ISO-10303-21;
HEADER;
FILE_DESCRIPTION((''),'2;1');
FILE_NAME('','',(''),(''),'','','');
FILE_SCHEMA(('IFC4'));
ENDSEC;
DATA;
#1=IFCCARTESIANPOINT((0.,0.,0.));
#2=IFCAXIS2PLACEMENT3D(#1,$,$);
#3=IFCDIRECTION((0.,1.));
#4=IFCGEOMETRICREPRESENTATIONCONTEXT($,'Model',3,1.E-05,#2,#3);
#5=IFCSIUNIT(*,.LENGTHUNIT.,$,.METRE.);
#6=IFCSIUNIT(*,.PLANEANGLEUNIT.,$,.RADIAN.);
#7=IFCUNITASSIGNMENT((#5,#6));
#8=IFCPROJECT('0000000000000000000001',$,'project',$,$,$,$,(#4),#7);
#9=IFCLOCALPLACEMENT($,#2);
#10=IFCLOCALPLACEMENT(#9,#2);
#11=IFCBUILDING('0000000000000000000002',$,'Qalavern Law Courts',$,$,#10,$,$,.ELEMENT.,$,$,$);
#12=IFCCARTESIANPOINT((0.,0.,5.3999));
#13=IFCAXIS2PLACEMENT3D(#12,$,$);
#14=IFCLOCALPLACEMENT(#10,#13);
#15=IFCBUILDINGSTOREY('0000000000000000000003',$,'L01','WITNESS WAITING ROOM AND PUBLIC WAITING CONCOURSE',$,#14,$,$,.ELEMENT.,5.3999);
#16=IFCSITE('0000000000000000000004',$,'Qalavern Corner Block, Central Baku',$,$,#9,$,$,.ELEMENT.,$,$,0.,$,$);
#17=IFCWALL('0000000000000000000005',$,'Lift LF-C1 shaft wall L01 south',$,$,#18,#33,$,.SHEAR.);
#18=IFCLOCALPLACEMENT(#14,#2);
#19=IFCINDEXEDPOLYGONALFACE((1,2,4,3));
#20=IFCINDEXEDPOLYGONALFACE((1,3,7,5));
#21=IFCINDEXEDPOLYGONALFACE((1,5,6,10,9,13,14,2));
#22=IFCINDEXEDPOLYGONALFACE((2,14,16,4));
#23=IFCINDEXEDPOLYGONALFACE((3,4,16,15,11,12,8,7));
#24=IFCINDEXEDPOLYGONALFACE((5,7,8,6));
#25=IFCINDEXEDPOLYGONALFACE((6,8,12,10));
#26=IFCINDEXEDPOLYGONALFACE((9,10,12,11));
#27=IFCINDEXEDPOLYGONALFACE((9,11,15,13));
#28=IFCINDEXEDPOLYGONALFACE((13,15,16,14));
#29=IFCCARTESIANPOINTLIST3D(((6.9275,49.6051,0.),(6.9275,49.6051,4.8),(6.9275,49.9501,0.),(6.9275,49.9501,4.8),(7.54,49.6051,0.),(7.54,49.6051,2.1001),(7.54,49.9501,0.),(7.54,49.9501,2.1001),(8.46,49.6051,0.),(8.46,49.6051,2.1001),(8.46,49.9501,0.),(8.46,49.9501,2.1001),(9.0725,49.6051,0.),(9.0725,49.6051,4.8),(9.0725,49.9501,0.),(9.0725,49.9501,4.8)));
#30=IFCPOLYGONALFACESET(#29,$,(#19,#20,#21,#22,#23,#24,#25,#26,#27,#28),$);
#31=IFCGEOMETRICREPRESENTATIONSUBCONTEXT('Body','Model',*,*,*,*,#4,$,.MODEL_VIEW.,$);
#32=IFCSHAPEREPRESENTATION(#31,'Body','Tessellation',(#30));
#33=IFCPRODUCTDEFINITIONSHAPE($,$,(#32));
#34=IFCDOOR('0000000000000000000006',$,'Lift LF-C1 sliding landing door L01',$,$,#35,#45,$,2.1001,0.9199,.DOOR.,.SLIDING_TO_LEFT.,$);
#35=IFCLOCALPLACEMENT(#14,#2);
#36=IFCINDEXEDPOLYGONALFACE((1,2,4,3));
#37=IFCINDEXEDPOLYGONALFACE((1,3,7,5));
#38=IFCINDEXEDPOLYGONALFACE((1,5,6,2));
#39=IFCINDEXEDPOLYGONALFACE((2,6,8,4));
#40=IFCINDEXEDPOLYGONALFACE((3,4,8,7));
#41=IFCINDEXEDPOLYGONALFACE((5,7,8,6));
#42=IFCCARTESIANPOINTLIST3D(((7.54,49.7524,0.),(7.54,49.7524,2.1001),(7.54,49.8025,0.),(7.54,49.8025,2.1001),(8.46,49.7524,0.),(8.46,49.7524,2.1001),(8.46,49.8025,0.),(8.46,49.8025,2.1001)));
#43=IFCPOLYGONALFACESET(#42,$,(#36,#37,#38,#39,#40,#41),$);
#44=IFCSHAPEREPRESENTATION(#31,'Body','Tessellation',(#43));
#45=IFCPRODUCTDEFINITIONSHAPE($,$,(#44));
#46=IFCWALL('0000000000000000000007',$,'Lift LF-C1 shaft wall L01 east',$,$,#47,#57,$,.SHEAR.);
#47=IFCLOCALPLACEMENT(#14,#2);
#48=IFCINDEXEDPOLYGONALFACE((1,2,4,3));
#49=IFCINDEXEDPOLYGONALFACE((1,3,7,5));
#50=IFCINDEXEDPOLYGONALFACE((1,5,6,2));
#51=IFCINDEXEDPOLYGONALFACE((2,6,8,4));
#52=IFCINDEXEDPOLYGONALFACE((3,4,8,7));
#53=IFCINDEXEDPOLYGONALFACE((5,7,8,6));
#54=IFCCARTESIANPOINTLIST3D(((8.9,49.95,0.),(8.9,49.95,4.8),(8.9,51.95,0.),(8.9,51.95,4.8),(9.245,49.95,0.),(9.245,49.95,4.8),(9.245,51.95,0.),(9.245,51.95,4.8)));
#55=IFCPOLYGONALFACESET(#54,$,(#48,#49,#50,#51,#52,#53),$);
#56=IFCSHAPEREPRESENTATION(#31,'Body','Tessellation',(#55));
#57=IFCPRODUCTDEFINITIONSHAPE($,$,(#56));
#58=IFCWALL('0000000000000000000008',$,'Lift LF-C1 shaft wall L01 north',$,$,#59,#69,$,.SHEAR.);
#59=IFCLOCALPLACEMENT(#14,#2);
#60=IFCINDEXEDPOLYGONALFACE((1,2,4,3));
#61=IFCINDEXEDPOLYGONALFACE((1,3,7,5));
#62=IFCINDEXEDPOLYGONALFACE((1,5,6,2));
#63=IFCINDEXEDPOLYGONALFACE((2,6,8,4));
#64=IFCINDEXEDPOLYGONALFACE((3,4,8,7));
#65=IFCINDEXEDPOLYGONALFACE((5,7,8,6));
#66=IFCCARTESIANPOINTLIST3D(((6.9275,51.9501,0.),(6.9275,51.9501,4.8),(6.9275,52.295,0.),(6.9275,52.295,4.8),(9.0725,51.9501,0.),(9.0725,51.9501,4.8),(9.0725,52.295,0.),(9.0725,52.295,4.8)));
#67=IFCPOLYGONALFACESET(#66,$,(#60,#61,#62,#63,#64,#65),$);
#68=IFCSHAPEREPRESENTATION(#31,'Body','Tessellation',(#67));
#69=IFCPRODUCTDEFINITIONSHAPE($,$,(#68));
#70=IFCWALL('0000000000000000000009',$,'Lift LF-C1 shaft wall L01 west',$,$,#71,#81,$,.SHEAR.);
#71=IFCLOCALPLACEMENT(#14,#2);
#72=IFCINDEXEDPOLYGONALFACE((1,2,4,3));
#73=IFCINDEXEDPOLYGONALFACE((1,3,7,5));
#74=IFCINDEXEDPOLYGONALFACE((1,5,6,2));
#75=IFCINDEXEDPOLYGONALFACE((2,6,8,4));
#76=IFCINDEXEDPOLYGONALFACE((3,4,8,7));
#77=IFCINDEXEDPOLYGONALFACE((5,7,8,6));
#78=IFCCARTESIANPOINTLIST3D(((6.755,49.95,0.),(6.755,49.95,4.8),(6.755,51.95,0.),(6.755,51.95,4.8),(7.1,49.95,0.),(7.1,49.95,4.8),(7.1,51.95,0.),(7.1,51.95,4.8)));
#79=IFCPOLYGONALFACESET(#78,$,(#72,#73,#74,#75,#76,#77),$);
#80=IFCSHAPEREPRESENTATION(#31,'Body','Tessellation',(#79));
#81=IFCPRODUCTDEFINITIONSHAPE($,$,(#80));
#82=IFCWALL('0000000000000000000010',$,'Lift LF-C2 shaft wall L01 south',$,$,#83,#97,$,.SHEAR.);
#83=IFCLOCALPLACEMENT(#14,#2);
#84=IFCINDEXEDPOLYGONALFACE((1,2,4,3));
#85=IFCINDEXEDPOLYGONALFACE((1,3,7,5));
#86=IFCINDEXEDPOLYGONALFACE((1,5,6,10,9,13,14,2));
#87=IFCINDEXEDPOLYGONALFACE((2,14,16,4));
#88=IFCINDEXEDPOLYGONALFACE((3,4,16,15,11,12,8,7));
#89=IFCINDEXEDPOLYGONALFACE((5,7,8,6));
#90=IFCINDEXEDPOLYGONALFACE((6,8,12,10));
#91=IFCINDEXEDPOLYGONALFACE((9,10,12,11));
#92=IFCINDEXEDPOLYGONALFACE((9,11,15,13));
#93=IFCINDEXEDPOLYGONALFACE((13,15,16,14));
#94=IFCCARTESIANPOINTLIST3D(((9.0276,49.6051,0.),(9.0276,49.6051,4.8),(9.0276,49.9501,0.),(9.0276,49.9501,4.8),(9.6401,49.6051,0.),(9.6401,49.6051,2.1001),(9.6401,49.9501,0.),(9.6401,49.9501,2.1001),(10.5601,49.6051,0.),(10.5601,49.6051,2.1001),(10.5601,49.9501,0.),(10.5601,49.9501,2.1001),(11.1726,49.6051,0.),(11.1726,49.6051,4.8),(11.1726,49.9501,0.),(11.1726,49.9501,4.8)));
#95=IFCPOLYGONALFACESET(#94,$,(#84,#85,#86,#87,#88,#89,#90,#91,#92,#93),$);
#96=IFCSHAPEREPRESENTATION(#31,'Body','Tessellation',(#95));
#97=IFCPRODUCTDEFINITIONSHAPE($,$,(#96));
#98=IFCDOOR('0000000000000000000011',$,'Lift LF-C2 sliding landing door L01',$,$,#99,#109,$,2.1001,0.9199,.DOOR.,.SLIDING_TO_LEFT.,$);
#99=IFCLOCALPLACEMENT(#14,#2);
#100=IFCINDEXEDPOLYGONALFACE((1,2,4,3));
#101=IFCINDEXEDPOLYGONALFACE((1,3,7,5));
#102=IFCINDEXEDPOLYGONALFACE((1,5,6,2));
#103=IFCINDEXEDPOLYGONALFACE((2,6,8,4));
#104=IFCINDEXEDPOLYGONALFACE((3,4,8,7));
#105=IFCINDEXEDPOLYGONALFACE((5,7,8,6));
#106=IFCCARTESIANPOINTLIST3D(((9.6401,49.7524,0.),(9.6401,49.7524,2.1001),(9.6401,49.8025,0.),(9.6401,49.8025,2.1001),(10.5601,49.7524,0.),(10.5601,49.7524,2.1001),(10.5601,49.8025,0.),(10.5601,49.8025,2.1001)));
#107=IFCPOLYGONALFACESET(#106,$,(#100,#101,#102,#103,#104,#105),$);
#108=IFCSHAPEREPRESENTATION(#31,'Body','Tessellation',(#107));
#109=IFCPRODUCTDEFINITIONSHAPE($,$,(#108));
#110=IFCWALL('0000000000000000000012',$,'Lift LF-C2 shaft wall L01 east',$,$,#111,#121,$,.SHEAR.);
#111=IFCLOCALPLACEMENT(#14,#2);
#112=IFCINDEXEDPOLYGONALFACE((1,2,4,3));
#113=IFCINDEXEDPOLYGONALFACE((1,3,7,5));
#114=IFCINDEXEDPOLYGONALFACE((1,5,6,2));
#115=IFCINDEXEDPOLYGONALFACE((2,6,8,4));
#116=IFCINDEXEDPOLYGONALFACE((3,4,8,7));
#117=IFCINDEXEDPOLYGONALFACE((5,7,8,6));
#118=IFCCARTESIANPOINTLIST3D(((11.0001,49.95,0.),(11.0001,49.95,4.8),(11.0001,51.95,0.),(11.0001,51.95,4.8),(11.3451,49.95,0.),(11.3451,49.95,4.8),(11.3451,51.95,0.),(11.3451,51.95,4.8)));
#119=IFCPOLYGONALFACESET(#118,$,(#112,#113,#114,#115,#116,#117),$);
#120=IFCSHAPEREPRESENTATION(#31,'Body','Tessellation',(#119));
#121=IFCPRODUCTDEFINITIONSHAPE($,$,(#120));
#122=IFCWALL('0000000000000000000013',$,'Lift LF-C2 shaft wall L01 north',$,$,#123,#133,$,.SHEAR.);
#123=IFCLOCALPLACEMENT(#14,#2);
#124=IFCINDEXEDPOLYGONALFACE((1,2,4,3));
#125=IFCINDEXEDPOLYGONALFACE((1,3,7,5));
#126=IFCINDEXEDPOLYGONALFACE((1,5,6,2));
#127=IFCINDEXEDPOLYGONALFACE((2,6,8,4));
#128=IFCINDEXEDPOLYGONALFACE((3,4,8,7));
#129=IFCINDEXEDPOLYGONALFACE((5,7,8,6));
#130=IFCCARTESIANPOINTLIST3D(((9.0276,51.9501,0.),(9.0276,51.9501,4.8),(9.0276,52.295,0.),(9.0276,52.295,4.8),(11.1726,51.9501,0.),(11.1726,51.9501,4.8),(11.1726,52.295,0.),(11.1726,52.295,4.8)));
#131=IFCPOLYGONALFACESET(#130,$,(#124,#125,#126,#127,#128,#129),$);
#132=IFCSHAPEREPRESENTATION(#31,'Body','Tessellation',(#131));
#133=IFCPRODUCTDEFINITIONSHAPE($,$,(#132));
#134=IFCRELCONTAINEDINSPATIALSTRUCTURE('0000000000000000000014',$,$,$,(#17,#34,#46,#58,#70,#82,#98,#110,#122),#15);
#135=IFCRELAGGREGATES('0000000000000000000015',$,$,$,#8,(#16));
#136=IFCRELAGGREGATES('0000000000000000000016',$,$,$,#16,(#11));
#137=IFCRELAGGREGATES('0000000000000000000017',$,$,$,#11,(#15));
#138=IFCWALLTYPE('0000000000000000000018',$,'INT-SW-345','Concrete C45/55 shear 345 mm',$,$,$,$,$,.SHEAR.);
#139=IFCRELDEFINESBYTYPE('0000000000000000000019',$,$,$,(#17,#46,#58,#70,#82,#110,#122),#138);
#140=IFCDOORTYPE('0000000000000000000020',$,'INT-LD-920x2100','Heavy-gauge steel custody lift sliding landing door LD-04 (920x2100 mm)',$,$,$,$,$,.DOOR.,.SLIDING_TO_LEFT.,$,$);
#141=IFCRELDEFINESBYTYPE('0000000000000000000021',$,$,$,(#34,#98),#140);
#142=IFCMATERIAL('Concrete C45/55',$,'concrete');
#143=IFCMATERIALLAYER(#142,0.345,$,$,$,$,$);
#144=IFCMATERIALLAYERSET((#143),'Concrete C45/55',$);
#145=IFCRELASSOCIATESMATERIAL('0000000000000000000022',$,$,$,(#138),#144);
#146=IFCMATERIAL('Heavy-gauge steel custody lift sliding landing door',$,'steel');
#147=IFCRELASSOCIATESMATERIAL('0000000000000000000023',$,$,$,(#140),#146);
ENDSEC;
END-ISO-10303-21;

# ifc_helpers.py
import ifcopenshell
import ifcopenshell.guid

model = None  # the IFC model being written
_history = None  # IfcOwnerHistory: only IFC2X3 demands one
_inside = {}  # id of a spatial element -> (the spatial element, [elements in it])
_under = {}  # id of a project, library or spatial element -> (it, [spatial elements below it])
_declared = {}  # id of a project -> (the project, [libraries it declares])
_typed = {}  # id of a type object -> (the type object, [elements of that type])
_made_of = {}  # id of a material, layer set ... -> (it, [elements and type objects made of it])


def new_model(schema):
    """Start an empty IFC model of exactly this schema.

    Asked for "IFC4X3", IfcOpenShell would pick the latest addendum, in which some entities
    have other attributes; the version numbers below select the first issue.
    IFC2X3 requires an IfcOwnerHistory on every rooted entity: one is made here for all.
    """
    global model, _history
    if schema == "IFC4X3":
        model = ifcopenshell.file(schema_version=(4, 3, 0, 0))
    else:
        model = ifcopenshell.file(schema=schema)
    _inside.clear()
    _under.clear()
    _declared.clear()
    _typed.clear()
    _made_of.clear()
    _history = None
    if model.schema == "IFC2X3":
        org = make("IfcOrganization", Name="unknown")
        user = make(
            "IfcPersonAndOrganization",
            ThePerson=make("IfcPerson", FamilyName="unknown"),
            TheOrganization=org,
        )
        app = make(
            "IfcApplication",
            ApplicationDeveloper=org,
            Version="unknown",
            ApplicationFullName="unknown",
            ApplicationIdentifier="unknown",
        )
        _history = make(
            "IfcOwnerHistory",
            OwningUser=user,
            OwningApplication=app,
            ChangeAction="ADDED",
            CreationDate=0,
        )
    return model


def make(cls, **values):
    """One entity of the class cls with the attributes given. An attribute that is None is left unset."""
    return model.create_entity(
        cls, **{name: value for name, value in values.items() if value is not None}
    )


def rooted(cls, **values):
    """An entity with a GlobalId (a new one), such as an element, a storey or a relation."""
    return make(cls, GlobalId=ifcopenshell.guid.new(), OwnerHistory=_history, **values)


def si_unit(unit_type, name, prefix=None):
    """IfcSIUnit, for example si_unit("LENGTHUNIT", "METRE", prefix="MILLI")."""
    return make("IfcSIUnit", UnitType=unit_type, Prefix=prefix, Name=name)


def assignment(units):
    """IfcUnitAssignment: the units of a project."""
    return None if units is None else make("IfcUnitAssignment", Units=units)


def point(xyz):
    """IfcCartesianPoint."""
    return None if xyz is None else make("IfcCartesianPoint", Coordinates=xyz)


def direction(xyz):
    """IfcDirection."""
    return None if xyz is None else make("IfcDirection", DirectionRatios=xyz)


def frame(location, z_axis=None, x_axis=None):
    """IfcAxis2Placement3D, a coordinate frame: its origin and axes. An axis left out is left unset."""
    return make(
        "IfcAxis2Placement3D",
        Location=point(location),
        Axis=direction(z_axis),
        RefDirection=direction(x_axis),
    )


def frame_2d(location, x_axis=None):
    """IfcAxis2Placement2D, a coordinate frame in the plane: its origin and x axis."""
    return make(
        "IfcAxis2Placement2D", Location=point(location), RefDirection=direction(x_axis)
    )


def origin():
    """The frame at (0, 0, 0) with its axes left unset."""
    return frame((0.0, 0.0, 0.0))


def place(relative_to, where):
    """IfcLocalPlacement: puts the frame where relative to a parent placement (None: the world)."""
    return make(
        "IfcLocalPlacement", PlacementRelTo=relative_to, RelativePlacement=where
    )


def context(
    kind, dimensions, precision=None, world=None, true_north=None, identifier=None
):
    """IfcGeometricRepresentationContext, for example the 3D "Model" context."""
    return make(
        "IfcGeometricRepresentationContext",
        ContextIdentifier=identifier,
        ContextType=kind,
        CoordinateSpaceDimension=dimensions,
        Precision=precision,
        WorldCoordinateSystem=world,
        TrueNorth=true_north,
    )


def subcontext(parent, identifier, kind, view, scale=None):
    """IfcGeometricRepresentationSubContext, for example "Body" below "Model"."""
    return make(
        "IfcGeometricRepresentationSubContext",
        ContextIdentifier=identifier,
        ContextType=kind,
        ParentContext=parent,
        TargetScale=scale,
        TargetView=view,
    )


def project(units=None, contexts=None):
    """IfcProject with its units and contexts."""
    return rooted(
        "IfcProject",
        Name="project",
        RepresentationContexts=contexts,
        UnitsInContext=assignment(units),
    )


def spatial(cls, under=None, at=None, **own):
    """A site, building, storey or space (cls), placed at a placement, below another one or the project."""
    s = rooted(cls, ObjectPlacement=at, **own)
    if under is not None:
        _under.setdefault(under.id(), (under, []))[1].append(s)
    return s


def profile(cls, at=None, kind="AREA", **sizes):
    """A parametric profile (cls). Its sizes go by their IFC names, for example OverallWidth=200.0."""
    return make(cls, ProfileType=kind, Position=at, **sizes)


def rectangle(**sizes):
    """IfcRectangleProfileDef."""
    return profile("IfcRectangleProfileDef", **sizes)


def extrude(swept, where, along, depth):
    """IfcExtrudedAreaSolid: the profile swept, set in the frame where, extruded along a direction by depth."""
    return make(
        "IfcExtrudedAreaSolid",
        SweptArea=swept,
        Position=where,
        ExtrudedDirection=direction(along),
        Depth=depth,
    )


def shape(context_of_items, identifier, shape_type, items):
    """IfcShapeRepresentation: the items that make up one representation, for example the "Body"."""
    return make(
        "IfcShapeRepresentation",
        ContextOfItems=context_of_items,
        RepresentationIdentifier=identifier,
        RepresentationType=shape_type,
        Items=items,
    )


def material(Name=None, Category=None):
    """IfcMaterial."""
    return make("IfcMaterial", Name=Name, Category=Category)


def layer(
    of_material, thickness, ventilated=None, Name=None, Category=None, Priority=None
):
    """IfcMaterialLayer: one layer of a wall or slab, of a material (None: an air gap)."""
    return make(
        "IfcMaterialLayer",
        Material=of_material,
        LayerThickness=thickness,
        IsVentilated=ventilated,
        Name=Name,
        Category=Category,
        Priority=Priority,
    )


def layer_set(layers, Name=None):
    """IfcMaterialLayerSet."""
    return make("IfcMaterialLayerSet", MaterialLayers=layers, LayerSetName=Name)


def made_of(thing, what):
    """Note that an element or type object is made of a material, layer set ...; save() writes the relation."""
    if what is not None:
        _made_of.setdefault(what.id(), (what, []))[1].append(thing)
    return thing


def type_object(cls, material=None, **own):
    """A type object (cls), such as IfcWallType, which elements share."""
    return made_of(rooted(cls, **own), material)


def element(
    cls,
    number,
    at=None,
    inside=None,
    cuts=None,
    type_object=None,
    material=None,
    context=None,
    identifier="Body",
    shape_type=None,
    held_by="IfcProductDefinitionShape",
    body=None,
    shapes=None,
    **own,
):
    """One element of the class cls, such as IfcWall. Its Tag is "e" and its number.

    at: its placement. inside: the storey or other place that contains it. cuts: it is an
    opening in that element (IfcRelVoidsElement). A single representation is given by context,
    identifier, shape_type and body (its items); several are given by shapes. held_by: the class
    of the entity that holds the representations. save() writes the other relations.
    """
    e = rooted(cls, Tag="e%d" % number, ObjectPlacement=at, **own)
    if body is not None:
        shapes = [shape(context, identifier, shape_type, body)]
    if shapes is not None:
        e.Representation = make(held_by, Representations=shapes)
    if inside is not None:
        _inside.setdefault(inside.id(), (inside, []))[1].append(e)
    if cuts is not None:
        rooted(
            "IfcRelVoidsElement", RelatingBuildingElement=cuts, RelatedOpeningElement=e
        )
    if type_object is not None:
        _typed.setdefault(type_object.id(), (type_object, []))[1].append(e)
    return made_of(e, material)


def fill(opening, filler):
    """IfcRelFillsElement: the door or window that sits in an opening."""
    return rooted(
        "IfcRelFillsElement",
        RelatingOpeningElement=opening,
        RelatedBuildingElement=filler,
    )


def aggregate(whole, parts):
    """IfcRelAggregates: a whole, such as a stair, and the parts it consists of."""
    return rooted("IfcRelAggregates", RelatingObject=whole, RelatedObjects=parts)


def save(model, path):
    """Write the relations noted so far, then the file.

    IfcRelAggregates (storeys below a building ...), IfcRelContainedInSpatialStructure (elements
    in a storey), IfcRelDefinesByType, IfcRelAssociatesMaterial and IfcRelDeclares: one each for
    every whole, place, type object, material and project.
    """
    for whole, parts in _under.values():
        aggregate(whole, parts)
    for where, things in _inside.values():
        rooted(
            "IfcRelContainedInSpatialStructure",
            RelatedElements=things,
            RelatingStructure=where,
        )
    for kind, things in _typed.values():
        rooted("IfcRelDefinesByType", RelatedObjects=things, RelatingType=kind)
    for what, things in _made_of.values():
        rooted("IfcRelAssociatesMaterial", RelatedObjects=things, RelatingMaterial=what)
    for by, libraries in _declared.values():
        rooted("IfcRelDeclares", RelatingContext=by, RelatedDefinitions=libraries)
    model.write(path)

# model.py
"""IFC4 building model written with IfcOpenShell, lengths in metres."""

from ifc_helpers import new_model, si_unit, direction, frame, frame_2d, origin, place, context, subcontext, project, spatial, rectangle, extrude, material, layer, layer_set, type_object, element, fill, save


model = new_model("IFC4")

# Units and contexts
model_context = context("Model", 3, precision=1e-05, world=origin(), true_north=direction((0.0, 1.0)))
body_context = subcontext(model_context, "Body", "Model", "MODEL_VIEW")
ifc_project = project(units=[si_unit("LENGTHUNIT", "METRE"), si_unit("PLANEANGLEUNIT", "RADIAN")], contexts=[model_context])

# Site, building, storey
site_placement = place(None, origin())
site = spatial("IfcSite", under=ifc_project, at=site_placement, Name="Qalavern Corner Block, Central Baku", CompositionType="ELEMENT", RefElevation=0.0)
building_placement = place(site_placement, origin())
building = spatial("IfcBuilding", under=site, at=building_placement, Name="Qalavern Law Courts", CompositionType="ELEMENT")
storey_placement = place(building_placement, frame((0.0, 0.0, 5.3999)))
storey = spatial("IfcBuildingStorey", under=building, at=storey_placement, Name="L01", Description="WITNESS WAITING ROOM AND PUBLIC WAITING CONCOURSE", CompositionType="ELEMENT", Elevation=5.3999)

# Shared definitions
ifc_material_1 = material(Name="Concrete C45/55", Category="concrete")

# Wall, opening, door
ifc_layer_1 = layer(ifc_material_1, 0.345)
ifc_layer_set_1 = layer_set([ifc_layer_1], Name="Concrete C45/55")
wall_type_1 = type_object("IfcWallType", Name="INT-SW-345", Description="Concrete C45/55 shear 345 mm", PredefinedType="SHEAR", material=ifc_layer_set_1)
wall_1_placement = place(storey_placement, frame((6.9275, 49.7776, 0.0), z_axis=(0.0, 0.0, 1.0), x_axis=(1.0, 0.0, 0.0)))
wall_1 = element("IfcWall", 1, at=wall_1_placement, inside=storey, type_object=wall_type_1, Name="Lift LF-C1 shaft wall L01 south", PredefinedType="SHEAR", context=body_context, shape_type="SweptSolid", body=[
    extrude(rectangle(XDim=2.145, YDim=0.345, at=frame_2d((1.0725, 0.0))), origin(), (0.0, 0.0, 1.0), 4.8),
])
opening_1_placement = place(wall_1_placement, frame((0.6125, 0.0, 0.0)))
opening_1 = element("IfcOpeningElement", 2, at=opening_1_placement, cuts=wall_1, PredefinedType="OPENING", context=body_context, shape_type="SweptSolid", body=[
    extrude(rectangle(XDim=0.9199, YDim=2.1001, at=frame_2d((0.46, 1.05))), frame((0.0, 0.1875, 0.0), z_axis=(0.0, -1.0, 0.0), x_axis=(1.0, 0.0, 0.0)), (0.0, 0.0, 1.0), 0.3748),
])
ifc_material_2 = material(Name="Heavy-gauge steel custody lift sliding landing door", Category="steel")
door_type_1 = type_object("IfcDoorType", Name="INT-LD-920x2100", Description="Heavy-gauge steel custody lift sliding landing door LD-04 (920x2100 mm)", OperationType="SLIDING_TO_LEFT", PredefinedType="DOOR", material=ifc_material_2)
door_1_placement = place(opening_1_placement, origin())
door_1 = element("IfcDoor", 3, at=door_1_placement, inside=storey, type_object=door_type_1, Name="Lift LF-C1 sliding landing door L01", OperationType="SLIDING_TO_LEFT", OverallHeight=2.1001, OverallWidth=0.9199, PredefinedType="DOOR", context=body_context, shape_type="SweptSolid", body=[
    extrude(rectangle(XDim=0.9199, YDim=2.1001, at=frame_2d((0.46, 1.05))), frame((0.0, 0.0249, 0.0), z_axis=(0.0, -1.0, 0.0), x_axis=(1.0, 0.0, 0.0)), (0.0, 0.0, 1.0), 0.05),
])
fill(opening_1, door_1)

# Walls
wall_2_placement = place(storey_placement, frame((9.0725, 49.95, 0.0), z_axis=(0.0, 0.0, 1.0), x_axis=(0.0, 1.0, 0.0)))
element("IfcWall", 4, at=wall_2_placement, inside=storey, type_object=wall_type_1, Name="Lift LF-C1 shaft wall L01 east", PredefinedType="SHEAR", context=body_context, shape_type="SweptSolid", body=[
    extrude(rectangle(XDim=2.0, YDim=0.345, at=frame_2d((1.0, 0.0))), origin(), (0.0, 0.0, 1.0), 4.8),
])
wall_3_placement = place(storey_placement, frame((9.0725, 52.1226, 0.0), z_axis=(0.0, 0.0, 1.0), x_axis=(-1.0, 0.0, 0.0)))
element("IfcWall", 5, at=wall_3_placement, inside=storey, type_object=wall_type_1, Name="Lift LF-C1 shaft wall L01 north", PredefinedType="SHEAR", context=body_context, shape_type="SweptSolid", body=[
    extrude(rectangle(XDim=2.145, YDim=0.345, at=frame_2d((1.0725, 0.0))), origin(), (0.0, 0.0, 1.0), 4.8),
])
wall_4_placement = place(storey_placement, frame((6.9275, 51.95, 0.0), z_axis=(0.0, 0.0, 1.0), x_axis=(0.0, -1.0, 0.0)))
element("IfcWall", 6, at=wall_4_placement, inside=storey, type_object=wall_type_1, Name="Lift LF-C1 shaft wall L01 west", PredefinedType="SHEAR", context=body_context, shape_type="SweptSolid", body=[
    extrude(rectangle(XDim=2.0, YDim=0.345, at=frame_2d((1.0, 0.0))), origin(), (0.0, 0.0, 1.0), 4.8),
])

# Wall, opening, door
wall_5_placement = place(storey_placement, frame((9.0276, 49.7776, 0.0), z_axis=(0.0, 0.0, 1.0), x_axis=(1.0, 0.0, 0.0)))
wall_5 = element("IfcWall", 7, at=wall_5_placement, inside=storey, type_object=wall_type_1, Name="Lift LF-C2 shaft wall L01 south", PredefinedType="SHEAR", context=body_context, shape_type="SweptSolid", body=[
    extrude(rectangle(XDim=2.145, YDim=0.345, at=frame_2d((1.0725, 0.0))), origin(), (0.0, 0.0, 1.0), 4.8),
])
opening_2_placement = place(wall_5_placement, frame((0.6125, 0.0, 0.0)))
opening_2 = element("IfcOpeningElement", 8, at=opening_2_placement, cuts=wall_5, PredefinedType="OPENING", context=body_context, shape_type="SweptSolid", body=[
    extrude(rectangle(XDim=0.9199, YDim=2.1001, at=frame_2d((0.46, 1.05))), frame((0.0, 0.1875, 0.0), z_axis=(0.0, -1.0, 0.0), x_axis=(1.0, 0.0, 0.0)), (0.0, 0.0, 1.0), 0.3748),
])
door_2_placement = place(opening_2_placement, origin())
door_2 = element("IfcDoor", 9, at=door_2_placement, inside=storey, type_object=door_type_1, Name="Lift LF-C2 sliding landing door L01", OperationType="SLIDING_TO_LEFT", OverallHeight=2.1001, OverallWidth=0.9199, PredefinedType="DOOR", context=body_context, shape_type="SweptSolid", body=[
    extrude(rectangle(XDim=0.9199, YDim=2.1001, at=frame_2d((0.46, 1.05))), frame((0.0, 0.0249, 0.0), z_axis=(0.0, -1.0, 0.0), x_axis=(1.0, 0.0, 0.0)), (0.0, 0.0, 1.0), 0.05),
])
fill(opening_2, door_2)

# Walls
wall_6_placement = place(storey_placement, frame((11.1726, 49.95, 0.0), z_axis=(0.0, 0.0, 1.0), x_axis=(0.0, 1.0, 0.0)))
element("IfcWall", 10, at=wall_6_placement, inside=storey, type_object=wall_type_1, Name="Lift LF-C2 shaft wall L01 east", PredefinedType="SHEAR", context=body_context, shape_type="SweptSolid", body=[
    extrude(rectangle(XDim=2.0, YDim=0.345, at=frame_2d((1.0, 0.0))), origin(), (0.0, 0.0, 1.0), 4.8),
])
wall_7_placement = place(storey_placement, frame((11.1726, 52.1226, 0.0), z_axis=(0.0, 0.0, 1.0), x_axis=(-1.0, 0.0, 0.0)))
element("IfcWall", 11, at=wall_7_placement, inside=storey, type_object=wall_type_1, Name="Lift LF-C2 shaft wall L01 north", PredefinedType="SHEAR", context=body_context, shape_type="SweptSolid", body=[
    extrude(rectangle(XDim=2.145, YDim=0.345, at=frame_2d((1.0725, 0.0))), origin(), (0.0, 0.0, 1.0), 4.8),
])

save(model, "model.ifc")
